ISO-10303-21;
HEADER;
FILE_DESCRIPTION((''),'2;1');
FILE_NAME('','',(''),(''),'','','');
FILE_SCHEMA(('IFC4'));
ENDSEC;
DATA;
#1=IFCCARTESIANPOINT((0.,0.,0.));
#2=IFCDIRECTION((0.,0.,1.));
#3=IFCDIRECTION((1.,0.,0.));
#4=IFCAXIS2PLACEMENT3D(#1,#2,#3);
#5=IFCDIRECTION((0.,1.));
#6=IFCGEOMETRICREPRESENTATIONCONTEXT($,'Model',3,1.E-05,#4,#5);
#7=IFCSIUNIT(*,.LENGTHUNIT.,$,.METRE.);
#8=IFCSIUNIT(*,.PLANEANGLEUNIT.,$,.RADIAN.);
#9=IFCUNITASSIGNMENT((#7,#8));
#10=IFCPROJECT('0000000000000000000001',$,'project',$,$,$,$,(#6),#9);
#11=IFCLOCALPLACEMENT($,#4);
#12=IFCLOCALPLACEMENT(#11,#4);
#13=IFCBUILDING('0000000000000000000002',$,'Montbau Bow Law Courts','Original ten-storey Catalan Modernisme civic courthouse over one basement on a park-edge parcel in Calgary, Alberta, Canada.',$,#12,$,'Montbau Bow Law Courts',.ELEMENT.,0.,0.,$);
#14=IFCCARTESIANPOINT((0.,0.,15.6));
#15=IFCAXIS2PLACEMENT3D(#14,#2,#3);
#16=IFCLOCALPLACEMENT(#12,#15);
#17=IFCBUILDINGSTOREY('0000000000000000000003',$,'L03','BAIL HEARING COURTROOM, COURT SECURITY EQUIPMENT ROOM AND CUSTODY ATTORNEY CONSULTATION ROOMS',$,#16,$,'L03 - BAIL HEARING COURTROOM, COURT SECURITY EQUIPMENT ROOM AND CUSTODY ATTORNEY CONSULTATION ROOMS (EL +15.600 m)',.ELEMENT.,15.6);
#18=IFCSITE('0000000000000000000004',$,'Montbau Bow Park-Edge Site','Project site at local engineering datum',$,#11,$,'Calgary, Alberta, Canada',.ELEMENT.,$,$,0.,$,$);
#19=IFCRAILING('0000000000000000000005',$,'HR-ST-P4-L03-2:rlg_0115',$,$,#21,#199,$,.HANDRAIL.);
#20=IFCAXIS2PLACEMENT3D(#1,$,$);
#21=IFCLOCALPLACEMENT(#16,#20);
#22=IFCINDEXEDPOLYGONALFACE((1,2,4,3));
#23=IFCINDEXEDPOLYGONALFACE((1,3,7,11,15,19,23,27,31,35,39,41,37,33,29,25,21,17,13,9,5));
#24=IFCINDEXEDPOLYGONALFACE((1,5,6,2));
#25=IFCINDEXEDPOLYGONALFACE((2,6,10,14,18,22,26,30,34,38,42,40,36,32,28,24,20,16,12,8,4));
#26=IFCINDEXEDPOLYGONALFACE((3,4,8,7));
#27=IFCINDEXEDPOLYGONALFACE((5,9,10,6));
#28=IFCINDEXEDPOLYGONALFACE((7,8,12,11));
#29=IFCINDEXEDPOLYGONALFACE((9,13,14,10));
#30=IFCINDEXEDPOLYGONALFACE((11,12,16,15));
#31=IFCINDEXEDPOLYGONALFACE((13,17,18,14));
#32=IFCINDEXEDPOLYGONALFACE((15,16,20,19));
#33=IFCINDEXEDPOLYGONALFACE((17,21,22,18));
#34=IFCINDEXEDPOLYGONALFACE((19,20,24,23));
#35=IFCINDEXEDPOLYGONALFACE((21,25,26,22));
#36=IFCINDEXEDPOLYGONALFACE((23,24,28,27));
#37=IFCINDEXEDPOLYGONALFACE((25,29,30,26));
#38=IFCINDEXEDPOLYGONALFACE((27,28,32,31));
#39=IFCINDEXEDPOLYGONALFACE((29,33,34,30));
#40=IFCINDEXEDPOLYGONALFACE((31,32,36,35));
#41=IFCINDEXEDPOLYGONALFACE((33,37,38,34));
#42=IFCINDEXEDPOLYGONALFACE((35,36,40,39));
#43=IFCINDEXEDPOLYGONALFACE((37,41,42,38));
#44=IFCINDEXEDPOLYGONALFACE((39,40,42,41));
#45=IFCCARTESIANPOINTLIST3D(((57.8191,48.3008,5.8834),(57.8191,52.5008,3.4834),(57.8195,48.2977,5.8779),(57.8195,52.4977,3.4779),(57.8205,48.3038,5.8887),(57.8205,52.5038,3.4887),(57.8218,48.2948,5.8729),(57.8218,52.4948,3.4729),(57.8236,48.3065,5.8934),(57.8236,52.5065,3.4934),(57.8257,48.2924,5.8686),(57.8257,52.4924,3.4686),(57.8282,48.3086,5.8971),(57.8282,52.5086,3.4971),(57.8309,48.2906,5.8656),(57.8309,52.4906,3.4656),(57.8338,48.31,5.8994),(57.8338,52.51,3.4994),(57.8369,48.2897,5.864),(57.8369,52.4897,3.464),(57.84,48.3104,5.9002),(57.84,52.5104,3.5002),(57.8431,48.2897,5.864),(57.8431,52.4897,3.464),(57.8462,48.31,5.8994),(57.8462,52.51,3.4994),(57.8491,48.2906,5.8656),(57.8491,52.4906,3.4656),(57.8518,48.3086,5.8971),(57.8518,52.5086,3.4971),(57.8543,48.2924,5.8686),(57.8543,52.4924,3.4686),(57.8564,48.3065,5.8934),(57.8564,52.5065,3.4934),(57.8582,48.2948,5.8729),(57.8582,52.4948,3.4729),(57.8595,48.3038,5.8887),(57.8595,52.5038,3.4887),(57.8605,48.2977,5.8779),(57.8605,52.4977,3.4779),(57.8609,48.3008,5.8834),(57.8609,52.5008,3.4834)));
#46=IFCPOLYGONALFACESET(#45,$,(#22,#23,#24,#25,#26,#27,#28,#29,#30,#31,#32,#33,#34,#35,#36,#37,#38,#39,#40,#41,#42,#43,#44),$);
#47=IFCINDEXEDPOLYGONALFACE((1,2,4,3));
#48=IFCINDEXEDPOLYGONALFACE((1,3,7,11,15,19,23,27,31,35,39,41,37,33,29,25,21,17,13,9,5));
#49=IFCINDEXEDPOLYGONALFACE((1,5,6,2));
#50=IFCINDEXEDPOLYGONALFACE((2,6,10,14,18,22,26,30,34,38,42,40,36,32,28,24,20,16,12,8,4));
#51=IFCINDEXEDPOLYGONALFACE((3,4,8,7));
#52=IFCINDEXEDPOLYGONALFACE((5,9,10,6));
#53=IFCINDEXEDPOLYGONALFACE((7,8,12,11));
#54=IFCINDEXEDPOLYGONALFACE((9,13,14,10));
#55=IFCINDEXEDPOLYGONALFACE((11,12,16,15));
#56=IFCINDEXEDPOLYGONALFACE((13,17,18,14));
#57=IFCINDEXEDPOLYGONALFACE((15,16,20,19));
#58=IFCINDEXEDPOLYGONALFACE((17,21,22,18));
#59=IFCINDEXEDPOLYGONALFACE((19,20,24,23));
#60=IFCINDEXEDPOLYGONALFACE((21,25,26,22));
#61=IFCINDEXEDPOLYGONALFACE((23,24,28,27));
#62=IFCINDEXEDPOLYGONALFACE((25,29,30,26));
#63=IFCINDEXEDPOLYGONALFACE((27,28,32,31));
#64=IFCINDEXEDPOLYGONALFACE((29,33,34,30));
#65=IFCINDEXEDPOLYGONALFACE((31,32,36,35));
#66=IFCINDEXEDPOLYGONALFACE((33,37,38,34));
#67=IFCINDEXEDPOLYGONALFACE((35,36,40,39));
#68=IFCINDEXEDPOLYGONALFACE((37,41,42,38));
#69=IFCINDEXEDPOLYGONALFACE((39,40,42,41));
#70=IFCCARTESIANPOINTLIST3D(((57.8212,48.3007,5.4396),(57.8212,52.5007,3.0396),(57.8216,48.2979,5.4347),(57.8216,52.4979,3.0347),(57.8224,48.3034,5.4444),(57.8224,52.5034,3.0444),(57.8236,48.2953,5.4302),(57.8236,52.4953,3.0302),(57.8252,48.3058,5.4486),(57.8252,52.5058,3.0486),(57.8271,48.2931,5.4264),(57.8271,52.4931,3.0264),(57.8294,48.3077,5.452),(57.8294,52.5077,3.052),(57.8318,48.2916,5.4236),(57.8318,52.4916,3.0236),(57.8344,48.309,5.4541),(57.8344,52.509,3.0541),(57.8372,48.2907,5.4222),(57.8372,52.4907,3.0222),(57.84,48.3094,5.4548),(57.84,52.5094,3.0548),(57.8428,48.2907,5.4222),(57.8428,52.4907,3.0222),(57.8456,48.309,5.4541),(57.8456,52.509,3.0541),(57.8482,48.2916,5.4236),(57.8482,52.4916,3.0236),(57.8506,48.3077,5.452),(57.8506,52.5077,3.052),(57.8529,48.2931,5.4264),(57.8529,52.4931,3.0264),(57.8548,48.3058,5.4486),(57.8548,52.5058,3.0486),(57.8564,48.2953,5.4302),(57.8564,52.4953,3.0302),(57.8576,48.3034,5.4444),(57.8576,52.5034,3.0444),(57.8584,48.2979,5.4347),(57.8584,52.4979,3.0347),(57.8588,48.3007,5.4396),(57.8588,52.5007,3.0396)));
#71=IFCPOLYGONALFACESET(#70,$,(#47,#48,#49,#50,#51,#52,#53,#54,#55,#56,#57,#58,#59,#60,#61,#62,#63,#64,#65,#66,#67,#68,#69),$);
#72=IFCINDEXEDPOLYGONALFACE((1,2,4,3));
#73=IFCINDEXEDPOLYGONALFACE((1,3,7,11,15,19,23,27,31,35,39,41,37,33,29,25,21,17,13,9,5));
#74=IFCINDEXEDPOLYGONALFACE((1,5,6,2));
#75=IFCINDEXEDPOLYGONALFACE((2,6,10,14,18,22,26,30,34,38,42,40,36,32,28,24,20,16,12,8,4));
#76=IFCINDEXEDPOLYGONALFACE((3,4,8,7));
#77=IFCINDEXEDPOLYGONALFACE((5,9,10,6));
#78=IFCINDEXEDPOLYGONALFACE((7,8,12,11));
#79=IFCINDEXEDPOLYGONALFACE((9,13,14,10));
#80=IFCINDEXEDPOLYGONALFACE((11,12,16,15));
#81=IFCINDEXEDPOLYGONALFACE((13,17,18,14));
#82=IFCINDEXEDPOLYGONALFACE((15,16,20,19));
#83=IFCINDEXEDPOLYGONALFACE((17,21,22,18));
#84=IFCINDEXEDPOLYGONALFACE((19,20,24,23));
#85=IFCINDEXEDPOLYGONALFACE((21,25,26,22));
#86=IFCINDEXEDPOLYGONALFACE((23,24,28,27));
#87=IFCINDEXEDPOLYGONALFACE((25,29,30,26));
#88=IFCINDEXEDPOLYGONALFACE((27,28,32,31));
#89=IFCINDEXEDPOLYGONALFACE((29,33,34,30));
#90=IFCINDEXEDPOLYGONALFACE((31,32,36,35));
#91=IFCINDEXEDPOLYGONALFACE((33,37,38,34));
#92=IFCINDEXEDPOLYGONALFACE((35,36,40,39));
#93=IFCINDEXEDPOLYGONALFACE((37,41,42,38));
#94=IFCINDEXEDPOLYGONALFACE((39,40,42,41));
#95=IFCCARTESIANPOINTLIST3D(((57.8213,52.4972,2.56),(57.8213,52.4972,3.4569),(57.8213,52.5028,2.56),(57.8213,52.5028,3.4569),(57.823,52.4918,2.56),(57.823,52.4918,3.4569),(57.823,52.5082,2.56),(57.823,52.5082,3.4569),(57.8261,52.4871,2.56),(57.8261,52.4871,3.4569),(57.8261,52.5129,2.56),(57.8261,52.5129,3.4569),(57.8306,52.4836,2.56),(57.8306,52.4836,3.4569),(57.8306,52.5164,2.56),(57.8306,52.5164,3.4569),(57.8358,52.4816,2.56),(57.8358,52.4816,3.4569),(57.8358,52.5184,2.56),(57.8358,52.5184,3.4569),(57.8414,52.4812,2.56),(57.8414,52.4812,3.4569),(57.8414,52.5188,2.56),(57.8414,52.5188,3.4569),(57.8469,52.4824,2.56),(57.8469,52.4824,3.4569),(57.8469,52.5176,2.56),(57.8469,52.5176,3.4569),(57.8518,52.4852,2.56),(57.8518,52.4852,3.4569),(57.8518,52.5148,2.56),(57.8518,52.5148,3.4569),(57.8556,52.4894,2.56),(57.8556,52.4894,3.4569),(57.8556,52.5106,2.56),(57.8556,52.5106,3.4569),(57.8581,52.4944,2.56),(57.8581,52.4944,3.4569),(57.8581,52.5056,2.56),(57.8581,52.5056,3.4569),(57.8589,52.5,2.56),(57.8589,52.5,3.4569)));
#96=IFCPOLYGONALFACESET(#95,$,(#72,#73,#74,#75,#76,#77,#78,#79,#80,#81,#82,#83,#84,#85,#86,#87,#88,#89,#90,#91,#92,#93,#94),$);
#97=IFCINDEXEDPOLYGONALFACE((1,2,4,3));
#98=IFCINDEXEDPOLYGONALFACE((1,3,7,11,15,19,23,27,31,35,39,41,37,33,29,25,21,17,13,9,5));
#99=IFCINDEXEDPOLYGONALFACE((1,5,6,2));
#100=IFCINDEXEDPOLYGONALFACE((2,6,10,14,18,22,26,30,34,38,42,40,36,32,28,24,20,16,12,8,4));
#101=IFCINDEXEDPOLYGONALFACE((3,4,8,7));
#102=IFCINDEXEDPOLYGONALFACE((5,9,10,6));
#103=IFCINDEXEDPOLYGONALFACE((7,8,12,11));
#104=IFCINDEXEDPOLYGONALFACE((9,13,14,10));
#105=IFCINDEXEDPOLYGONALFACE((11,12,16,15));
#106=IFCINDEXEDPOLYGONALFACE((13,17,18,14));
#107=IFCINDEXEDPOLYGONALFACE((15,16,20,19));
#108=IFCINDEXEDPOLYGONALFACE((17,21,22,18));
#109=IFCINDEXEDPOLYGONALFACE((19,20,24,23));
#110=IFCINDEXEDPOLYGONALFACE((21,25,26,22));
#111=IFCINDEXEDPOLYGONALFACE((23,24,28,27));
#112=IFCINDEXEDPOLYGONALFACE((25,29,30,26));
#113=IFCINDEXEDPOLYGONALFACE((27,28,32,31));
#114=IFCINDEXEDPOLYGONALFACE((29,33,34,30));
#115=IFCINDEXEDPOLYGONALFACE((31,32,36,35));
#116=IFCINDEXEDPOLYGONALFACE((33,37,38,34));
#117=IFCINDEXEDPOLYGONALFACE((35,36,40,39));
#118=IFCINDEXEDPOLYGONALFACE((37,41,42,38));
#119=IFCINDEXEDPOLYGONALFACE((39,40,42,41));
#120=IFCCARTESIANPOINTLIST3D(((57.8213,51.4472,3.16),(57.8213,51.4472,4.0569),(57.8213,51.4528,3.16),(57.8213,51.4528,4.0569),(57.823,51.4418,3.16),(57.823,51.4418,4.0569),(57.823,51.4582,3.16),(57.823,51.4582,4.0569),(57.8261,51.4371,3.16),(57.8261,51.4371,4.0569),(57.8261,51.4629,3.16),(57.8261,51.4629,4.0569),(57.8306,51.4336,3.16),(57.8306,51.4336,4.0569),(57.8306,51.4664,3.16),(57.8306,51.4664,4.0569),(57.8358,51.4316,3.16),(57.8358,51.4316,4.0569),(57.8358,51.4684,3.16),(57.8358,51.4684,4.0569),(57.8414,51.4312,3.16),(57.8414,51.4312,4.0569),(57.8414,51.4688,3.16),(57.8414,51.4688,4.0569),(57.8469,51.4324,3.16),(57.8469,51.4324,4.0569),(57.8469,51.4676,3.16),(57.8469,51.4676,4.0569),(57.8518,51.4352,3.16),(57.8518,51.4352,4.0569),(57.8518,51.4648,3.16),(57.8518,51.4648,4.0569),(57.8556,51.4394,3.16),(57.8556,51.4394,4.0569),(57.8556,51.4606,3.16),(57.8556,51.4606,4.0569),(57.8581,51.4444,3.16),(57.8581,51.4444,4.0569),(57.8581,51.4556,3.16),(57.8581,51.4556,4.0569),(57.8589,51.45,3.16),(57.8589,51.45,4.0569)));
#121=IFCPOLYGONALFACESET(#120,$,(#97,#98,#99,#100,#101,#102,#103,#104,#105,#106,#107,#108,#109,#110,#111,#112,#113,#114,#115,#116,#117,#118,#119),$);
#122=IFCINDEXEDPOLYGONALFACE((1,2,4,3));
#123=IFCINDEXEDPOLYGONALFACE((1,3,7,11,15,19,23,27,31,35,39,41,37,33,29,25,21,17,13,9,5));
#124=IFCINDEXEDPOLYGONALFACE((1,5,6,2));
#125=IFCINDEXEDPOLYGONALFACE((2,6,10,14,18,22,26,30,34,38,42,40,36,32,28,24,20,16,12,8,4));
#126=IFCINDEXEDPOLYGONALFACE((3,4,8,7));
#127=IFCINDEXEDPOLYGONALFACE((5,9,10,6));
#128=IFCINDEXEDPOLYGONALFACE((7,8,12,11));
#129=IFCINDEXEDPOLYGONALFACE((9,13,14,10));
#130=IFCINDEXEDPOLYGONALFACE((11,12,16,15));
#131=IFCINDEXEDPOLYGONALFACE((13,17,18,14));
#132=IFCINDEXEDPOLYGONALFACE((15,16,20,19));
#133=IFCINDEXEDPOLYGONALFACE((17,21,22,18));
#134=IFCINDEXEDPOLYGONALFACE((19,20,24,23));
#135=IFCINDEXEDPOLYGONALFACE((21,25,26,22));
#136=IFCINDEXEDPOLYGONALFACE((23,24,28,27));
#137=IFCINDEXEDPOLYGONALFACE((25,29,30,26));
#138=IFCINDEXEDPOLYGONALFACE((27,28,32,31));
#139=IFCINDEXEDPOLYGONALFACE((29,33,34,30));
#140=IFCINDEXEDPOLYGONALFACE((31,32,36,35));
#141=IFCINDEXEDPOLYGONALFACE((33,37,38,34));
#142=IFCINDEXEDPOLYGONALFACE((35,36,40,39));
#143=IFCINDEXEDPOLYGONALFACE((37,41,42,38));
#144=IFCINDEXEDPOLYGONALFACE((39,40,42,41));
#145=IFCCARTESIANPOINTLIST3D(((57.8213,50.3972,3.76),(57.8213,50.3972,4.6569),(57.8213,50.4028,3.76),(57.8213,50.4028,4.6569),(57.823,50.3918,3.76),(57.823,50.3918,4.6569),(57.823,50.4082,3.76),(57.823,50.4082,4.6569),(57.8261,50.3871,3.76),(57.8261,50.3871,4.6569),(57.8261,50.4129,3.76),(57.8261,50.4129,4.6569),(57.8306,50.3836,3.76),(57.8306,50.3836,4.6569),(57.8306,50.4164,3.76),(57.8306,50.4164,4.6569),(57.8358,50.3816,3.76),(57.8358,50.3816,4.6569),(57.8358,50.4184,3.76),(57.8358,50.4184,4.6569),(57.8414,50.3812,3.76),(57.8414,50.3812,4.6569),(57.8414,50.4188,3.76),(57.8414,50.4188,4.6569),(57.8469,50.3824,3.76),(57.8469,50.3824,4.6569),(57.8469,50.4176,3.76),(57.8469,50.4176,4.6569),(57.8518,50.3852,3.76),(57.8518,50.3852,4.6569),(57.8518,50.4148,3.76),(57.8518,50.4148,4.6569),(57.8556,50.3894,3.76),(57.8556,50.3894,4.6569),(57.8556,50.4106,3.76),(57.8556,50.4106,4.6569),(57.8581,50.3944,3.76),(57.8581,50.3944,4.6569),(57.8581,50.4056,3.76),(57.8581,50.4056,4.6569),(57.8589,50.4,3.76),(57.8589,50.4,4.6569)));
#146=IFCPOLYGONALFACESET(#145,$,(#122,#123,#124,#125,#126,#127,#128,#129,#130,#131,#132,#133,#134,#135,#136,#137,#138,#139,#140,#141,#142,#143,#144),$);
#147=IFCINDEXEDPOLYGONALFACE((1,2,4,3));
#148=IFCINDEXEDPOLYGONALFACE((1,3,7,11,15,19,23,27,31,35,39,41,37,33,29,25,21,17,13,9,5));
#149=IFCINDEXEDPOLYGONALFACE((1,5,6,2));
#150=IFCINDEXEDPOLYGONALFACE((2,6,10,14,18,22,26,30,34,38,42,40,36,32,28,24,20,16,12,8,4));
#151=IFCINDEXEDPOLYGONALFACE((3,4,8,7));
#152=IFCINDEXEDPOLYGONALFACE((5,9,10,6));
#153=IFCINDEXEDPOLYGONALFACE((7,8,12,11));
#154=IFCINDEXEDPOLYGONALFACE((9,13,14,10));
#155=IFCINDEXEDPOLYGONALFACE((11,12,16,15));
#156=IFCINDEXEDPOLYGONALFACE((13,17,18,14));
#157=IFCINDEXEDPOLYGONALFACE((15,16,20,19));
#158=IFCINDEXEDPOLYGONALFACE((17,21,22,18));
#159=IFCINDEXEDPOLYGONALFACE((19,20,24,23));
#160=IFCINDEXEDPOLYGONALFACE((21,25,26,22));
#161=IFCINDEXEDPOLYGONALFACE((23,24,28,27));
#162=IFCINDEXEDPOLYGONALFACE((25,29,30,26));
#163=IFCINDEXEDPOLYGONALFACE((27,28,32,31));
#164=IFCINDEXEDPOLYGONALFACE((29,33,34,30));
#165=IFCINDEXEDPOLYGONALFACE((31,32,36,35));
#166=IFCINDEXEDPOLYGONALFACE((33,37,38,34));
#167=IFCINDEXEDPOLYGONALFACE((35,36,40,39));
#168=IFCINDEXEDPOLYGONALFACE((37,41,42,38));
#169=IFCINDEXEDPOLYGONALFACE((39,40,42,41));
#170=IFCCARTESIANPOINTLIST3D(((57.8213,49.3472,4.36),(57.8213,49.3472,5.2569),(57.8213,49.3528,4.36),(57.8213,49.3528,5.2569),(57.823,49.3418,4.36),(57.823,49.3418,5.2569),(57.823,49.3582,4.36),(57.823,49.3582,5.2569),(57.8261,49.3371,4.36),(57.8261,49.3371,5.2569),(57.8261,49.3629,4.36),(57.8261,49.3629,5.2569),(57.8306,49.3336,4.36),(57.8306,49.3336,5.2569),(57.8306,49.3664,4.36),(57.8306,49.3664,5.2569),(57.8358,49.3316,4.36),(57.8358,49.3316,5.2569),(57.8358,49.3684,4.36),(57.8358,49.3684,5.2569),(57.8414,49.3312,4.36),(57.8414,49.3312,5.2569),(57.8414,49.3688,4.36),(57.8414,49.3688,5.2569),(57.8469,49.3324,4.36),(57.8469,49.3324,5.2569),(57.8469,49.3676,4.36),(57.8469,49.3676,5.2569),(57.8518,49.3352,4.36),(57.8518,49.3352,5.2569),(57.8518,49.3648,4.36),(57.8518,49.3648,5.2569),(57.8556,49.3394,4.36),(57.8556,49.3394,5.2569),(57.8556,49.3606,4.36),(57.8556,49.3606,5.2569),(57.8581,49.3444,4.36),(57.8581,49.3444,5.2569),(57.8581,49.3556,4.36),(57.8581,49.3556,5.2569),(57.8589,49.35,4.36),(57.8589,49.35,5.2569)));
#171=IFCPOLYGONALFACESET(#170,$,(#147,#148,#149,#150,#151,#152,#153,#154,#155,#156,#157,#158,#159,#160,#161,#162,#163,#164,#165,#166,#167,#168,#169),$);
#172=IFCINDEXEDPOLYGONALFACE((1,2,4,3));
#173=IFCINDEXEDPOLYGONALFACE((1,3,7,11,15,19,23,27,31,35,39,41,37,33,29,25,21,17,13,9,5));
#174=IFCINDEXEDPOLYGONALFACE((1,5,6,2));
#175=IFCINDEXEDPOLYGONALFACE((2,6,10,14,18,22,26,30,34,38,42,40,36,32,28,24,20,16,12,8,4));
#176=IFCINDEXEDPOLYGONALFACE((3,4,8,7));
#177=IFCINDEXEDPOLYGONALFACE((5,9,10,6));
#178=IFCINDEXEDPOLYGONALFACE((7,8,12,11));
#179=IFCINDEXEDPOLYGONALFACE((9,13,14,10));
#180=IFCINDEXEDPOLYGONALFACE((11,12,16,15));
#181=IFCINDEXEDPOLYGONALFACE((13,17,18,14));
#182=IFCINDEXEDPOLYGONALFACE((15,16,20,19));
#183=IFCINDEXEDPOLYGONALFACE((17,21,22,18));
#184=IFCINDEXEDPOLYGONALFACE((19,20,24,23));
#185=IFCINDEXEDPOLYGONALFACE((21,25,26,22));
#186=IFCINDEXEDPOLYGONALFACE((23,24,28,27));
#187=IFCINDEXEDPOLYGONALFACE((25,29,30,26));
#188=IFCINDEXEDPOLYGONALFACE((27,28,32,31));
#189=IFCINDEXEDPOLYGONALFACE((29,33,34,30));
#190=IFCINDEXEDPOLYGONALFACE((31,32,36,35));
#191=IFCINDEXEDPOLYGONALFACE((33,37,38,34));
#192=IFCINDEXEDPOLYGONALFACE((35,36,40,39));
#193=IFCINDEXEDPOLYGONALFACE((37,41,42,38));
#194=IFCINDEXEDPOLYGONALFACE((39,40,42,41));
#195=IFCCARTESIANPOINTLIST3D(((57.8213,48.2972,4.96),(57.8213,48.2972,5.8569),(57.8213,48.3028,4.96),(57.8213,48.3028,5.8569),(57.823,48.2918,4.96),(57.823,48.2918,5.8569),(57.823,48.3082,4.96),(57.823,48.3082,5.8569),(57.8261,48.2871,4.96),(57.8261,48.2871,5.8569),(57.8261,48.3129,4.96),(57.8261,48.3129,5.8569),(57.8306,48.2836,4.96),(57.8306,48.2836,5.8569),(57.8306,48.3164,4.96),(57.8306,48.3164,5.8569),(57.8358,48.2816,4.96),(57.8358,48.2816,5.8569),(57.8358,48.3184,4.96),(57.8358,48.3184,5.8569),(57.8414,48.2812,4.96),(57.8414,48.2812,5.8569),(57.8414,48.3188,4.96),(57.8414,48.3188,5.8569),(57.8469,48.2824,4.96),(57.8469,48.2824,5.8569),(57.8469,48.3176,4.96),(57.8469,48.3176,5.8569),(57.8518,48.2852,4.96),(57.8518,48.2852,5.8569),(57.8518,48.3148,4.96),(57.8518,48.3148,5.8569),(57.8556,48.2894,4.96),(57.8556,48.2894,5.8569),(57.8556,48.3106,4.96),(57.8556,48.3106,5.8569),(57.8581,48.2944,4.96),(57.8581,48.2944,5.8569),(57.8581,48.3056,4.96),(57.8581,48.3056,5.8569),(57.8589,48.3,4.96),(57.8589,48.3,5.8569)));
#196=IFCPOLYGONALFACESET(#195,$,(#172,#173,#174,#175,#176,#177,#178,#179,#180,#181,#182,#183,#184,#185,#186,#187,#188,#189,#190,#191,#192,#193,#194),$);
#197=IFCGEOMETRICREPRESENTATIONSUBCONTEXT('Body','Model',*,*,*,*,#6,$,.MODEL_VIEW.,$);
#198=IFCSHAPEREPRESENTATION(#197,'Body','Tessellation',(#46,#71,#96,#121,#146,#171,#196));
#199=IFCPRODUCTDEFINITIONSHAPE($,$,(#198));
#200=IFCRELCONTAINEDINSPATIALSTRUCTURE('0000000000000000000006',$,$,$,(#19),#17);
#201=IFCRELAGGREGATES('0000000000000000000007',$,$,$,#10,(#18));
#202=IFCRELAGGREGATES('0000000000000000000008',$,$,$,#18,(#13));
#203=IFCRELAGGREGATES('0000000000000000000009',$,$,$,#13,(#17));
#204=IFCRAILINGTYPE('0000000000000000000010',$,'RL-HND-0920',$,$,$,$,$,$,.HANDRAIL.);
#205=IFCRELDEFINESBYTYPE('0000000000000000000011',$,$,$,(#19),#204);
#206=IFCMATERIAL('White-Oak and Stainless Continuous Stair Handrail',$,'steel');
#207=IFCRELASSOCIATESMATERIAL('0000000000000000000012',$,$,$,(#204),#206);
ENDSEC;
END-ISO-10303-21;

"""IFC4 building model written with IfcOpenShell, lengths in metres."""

from ifc_helpers import new_model, si_unit, direction, frame, origin_with_axes, origin_2d_with_axis, place, context, subcontext, project, spatial, circle, extrude, material, type_object, element, save


model = new_model("IFC4")

# Units and contexts
model_context = context("Model", 3, precision=1e-05, world=origin_with_axes(), true_north=direction((0.0, 1.0)))
body_context = subcontext(model_context, "Body", "Model", "MODEL_VIEW")
ifc_project = project(units=[si_unit("LENGTHUNIT", "METRE"), si_unit("PLANEANGLEUNIT", "RADIAN")], contexts=[model_context])

# Site, building, storey
site_placement = place(None, origin_with_axes())
site = spatial("IfcSite", under=ifc_project, at=site_placement, Name="Montbau Bow Park-Edge Site", Description="Project site at local engineering datum", LongName="Calgary, Alberta, Canada", CompositionType="ELEMENT", RefElevation=0.0)
building_placement = place(site_placement, origin_with_axes())
building = spatial("IfcBuilding", under=site, at=building_placement, Name="Montbau Bow Law Courts", Description="Original ten-storey Catalan Modernisme civic courthouse over one basement on a park-edge parcel in Calgary, Alberta, Canada.", LongName="Montbau Bow Law Courts", CompositionType="ELEMENT", ElevationOfRefHeight=0.0, ElevationOfTerrain=0.0)
storey_placement = place(building_placement, frame((0.0, 0.0, 15.6), z_axis=(0.0, 0.0, 1.0), x_axis=(1.0, 0.0, 0.0)))
storey = spatial("IfcBuildingStorey", under=building, at=storey_placement, Name="L03", Description="BAIL HEARING COURTROOM, COURT SECURITY EQUIPMENT ROOM AND CUSTODY ATTORNEY CONSULTATION ROOMS", LongName="L03 - BAIL HEARING COURTROOM, COURT SECURITY EQUIPMENT ROOM AND CUSTODY ATTORNEY CONSULTATION ROOMS (EL +15.600 m)", CompositionType="ELEMENT", Elevation=15.6)

# Railing
ifc_material_1 = material(Name="White-Oak and Stainless Continuous Stair Handrail", Category="steel")
railing_type_1 = type_object("IfcRailingType", Name="RL-HND-0920", PredefinedType="HANDRAIL", material=ifc_material_1)
railing_1_placement = place(None, origin_with_axes())
element("IfcRailing", 1, at=railing_1_placement, inside=storey, type_object=railing_type_1, Name="HR-ST-P4-L03-2:rlg_0115", PredefinedType="HANDRAIL", context=body_context, shape_type="SweptSolid", body=[
    extrude(circle(Radius=0.021, at=origin_2d_with_axis()), frame((57.84, 52.5, 19.082), z_axis=(0.0, -0.868243, 0.496139), x_axis=(0.0, 0.496139, 0.868243)), (0.0, 0.0, 1.0), 4.8374),
    extrude(circle(Radius=0.0189, at=origin_2d_with_axis()), frame((57.84, 52.5, 18.6384), z_axis=(0.0, -0.868243, 0.496139), x_axis=(0.0, 0.496139, 0.868243)), (0.0, 0.0, 1.0), 4.8374),
    extrude(circle(Radius=0.0189, at=origin_2d_with_axis()), frame((57.84, 52.5, 18.16), z_axis=(0.0, 0.0, 1.0), x_axis=(1.0, 0.0, 0.0)), (0.0, 0.0, 1.0), 0.8969),
    extrude(circle(Radius=0.0189, at=origin_2d_with_axis()), frame((57.84, 51.45, 18.76), z_axis=(0.0, 0.0, 1.0), x_axis=(1.0, 0.0, 0.0)), (0.0, 0.0, 1.0), 0.8969),
    extrude(circle(Radius=0.0189, at=origin_2d_with_axis()), frame((57.84, 50.4, 19.36), z_axis=(0.0, 0.0, 1.0), x_axis=(1.0, 0.0, 0.0)), (0.0, 0.0, 1.0), 0.8969),
    extrude(circle(Radius=0.0189, at=origin_2d_with_axis()), frame((57.84, 49.35, 19.96), z_axis=(0.0, 0.0, 1.0), x_axis=(1.0, 0.0, 0.0)), (0.0, 0.0, 1.0), 0.8969),
    extrude(circle(Radius=0.0189, at=origin_2d_with_axis()), frame((57.84, 48.3, 20.56), z_axis=(0.0, 0.0, 1.0), x_axis=(1.0, 0.0, 0.0)), (0.0, 0.0, 1.0), 0.8969),
])

save(model, "model.ifc")
